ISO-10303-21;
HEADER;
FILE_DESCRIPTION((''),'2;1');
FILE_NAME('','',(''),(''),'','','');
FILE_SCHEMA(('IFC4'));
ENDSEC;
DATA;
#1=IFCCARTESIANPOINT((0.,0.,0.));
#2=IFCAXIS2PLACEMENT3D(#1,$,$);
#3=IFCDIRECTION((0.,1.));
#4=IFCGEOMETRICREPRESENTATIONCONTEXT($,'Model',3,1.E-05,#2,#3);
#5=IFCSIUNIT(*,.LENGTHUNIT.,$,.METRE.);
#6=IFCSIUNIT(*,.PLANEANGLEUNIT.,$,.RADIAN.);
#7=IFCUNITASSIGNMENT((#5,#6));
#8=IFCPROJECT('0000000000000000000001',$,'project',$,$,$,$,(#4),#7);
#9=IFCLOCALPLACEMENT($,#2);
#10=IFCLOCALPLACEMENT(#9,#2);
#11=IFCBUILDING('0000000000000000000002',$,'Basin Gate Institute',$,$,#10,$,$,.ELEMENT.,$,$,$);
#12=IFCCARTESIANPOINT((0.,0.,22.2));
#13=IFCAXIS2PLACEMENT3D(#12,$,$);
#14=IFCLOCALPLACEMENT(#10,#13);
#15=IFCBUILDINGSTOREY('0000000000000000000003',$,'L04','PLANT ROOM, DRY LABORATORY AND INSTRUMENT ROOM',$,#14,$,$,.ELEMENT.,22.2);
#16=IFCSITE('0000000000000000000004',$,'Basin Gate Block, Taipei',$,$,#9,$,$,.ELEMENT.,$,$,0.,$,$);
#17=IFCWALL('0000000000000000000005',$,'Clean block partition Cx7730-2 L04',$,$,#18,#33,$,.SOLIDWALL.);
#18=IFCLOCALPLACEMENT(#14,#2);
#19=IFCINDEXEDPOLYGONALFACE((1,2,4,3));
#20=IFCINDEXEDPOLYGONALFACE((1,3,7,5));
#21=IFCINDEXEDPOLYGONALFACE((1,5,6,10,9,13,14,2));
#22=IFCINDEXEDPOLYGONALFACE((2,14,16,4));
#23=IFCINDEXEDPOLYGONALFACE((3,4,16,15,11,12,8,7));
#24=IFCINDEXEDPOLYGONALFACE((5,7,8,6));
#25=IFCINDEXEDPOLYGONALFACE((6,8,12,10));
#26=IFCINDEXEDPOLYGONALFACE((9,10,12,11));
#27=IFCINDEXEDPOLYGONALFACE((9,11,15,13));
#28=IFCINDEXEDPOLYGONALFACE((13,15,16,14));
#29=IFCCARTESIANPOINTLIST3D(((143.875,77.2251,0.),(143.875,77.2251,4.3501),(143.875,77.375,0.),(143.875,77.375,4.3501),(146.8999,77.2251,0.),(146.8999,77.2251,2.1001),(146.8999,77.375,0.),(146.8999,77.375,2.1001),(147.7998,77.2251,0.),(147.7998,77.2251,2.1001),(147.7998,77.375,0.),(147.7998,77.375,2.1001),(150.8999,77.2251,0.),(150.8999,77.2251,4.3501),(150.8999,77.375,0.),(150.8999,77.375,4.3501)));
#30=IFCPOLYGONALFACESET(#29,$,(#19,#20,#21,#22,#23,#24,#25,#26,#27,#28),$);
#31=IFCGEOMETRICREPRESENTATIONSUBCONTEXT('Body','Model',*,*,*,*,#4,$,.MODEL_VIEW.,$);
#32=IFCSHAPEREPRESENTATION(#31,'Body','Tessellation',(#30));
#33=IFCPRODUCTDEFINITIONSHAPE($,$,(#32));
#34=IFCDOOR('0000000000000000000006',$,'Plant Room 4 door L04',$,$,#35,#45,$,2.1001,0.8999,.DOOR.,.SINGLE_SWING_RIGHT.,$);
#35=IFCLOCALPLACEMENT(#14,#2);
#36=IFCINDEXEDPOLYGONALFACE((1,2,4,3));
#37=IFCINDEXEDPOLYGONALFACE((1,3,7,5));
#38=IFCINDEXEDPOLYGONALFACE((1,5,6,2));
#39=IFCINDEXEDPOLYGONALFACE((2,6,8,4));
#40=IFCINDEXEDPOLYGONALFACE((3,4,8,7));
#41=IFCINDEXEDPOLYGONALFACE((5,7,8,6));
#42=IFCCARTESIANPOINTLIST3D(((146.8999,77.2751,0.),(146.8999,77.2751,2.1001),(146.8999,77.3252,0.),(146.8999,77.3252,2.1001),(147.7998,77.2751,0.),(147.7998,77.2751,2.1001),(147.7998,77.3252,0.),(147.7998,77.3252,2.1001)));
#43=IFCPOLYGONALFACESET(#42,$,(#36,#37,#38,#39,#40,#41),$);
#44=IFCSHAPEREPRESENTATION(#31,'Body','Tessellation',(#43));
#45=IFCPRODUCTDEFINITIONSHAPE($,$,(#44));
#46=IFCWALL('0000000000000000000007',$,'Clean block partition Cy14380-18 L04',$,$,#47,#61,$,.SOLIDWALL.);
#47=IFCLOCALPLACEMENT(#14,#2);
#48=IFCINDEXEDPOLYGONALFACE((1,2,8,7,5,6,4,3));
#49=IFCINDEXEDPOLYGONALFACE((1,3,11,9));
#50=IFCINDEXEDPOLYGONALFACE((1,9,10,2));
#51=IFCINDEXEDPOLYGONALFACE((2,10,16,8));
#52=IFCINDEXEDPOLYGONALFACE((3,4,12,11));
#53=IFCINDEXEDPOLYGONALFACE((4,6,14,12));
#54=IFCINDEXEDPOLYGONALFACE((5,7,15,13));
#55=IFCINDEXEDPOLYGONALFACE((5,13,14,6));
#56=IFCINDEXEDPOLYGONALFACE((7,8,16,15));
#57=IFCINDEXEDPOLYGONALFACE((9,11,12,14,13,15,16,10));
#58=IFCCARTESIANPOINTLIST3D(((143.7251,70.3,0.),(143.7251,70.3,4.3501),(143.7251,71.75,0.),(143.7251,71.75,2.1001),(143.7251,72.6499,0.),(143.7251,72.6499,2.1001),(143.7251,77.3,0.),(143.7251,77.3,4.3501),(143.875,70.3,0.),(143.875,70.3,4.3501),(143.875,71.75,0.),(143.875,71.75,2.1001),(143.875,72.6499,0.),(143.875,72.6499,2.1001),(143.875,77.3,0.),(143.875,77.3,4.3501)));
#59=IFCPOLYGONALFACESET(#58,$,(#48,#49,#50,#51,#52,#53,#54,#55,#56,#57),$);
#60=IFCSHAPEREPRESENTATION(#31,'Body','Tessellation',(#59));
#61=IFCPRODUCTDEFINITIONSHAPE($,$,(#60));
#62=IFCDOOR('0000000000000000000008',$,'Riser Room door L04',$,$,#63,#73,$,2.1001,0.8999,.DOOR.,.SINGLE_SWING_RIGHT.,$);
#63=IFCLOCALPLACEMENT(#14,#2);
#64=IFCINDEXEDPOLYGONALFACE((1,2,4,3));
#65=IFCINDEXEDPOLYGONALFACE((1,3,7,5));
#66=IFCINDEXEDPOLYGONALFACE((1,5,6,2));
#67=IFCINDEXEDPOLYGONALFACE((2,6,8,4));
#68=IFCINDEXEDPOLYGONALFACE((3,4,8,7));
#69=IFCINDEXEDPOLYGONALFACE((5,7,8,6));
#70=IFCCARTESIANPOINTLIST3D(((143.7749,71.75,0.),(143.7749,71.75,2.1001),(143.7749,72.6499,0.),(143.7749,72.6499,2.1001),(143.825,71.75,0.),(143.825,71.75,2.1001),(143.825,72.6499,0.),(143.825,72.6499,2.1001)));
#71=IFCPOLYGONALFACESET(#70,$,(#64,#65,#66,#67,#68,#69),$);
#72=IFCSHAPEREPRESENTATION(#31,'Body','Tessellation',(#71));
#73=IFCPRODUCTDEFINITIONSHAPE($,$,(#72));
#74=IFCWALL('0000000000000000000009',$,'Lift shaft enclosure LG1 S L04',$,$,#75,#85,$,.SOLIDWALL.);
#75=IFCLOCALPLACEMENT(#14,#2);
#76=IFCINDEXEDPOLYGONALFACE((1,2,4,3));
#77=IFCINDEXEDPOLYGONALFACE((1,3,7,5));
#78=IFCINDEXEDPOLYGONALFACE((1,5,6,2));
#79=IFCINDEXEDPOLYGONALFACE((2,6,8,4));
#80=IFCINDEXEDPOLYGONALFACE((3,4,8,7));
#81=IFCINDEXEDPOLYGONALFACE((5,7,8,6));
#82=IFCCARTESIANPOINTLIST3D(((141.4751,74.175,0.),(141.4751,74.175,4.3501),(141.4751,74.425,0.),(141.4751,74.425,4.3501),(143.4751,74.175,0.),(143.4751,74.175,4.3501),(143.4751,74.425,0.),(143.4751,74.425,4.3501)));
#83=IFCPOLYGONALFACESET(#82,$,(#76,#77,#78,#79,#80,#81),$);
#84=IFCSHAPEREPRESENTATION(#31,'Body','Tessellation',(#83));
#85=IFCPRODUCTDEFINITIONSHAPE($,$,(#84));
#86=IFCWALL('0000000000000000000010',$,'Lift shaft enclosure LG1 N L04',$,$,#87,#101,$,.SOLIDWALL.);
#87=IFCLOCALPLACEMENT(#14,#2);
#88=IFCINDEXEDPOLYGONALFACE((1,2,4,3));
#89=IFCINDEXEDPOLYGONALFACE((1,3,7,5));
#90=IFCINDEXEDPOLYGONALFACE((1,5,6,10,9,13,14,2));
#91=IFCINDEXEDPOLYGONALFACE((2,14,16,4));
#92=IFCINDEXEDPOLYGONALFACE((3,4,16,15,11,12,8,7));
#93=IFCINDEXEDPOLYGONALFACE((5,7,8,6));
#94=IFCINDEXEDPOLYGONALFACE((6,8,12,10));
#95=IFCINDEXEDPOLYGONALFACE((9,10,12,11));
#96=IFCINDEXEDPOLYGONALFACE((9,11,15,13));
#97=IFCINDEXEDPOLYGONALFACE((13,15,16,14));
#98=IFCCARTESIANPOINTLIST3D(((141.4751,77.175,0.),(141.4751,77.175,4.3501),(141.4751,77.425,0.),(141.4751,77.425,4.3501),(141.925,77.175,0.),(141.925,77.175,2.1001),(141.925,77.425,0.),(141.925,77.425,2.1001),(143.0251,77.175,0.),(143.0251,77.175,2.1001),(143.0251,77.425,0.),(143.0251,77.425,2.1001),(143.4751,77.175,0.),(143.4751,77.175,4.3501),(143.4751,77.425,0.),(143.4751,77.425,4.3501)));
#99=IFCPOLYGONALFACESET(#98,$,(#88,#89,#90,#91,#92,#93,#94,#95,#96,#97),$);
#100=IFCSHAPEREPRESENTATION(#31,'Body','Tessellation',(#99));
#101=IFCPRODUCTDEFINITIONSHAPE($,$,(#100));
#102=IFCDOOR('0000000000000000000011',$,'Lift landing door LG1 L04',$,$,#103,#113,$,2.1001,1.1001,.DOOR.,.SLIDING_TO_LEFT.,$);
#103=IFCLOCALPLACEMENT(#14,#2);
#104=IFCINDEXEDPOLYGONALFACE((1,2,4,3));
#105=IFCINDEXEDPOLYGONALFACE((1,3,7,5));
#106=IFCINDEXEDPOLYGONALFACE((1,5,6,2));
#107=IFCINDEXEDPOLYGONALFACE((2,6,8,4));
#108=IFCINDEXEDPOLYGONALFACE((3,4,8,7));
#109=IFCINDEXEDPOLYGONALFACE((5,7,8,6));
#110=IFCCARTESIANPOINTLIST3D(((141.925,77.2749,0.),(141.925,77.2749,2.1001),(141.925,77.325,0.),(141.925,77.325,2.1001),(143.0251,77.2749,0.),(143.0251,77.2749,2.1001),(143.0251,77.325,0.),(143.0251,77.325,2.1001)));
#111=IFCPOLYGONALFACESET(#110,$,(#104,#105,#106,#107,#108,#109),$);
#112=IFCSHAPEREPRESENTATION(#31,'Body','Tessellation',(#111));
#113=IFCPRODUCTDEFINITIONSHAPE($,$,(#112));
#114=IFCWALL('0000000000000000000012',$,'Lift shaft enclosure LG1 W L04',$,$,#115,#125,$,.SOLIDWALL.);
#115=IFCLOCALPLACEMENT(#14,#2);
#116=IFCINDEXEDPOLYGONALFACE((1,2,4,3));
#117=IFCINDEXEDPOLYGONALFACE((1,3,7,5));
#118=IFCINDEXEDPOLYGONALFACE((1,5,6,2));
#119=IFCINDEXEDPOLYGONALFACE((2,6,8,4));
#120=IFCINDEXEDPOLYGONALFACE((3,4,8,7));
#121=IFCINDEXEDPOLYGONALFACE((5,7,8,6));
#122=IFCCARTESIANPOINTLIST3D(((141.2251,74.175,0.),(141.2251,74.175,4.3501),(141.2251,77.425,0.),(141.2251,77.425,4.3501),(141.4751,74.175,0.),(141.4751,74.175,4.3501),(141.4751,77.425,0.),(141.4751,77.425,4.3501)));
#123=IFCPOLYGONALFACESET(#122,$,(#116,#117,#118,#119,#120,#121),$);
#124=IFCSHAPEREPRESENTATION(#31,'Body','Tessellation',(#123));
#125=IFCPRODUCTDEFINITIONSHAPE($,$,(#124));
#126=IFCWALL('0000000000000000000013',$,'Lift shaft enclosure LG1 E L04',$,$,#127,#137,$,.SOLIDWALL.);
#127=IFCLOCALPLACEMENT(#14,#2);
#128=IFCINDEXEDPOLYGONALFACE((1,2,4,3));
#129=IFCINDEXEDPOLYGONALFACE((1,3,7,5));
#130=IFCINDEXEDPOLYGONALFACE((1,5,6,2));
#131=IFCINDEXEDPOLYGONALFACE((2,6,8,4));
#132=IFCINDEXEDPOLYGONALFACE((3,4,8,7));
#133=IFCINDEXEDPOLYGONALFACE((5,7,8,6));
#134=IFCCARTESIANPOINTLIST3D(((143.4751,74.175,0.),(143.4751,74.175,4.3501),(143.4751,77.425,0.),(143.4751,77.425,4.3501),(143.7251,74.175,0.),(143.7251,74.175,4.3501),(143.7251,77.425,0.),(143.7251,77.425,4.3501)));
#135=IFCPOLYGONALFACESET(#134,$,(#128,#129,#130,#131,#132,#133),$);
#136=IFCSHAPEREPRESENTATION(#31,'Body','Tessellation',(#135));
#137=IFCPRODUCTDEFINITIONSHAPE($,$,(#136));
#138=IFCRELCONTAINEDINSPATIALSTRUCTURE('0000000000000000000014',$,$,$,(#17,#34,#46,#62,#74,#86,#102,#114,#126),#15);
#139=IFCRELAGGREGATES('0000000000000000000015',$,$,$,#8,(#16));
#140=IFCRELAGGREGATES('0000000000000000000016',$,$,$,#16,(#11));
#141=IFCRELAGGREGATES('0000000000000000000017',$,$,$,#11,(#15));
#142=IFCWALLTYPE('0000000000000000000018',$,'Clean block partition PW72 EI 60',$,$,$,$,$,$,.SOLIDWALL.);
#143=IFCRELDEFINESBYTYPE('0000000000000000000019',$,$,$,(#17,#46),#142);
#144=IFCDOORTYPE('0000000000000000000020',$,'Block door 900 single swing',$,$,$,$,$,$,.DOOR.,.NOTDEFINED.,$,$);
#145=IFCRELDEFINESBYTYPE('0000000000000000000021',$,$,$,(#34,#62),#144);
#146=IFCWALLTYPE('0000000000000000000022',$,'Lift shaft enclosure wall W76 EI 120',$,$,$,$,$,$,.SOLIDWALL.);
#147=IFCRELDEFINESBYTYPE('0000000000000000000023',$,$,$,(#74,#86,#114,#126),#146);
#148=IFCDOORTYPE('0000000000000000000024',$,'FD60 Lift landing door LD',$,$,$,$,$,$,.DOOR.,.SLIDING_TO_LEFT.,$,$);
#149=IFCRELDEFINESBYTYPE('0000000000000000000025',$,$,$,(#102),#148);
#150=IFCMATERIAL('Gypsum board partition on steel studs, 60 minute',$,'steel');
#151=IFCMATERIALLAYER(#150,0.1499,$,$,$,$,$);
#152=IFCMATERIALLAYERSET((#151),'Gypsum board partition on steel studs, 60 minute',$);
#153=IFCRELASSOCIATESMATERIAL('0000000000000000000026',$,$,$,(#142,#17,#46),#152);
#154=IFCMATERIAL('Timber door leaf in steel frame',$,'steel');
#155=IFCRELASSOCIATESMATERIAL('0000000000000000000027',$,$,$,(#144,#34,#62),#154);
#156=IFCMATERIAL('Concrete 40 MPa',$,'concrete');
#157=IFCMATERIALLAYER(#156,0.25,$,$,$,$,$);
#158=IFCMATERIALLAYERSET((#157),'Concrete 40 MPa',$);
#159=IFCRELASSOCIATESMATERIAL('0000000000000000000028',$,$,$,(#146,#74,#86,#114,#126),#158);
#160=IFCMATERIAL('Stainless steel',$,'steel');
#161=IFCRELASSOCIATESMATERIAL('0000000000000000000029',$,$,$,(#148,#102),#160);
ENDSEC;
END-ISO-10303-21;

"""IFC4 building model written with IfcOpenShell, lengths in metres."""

from ifc_helpers import new_model, si_unit, direction, frame, frame_2d, origin, place, context, subcontext, project, spatial, rectangle, extrude, material, layer, layer_set, type_object, element, fill, save


model = new_model("IFC4")

# Units and contexts
model_context = context("Model", 3, precision=1e-05, world=origin(), true_north=direction((0.0, 1.0)))
body_context = subcontext(model_context, "Body", "Model", "MODEL_VIEW")
ifc_project = project(units=[si_unit("LENGTHUNIT", "METRE"), si_unit("PLANEANGLEUNIT", "RADIAN")], contexts=[model_context])

# Site, building, storey
site_placement = place(None, origin())
site = spatial("IfcSite", under=ifc_project, at=site_placement, Name="Basin Gate Block, Taipei", CompositionType="ELEMENT", RefElevation=0.0)
building_placement = place(site_placement, origin())
building = spatial("IfcBuilding", under=site, at=building_placement, Name="Basin Gate Institute", CompositionType="ELEMENT")
storey_placement = place(building_placement, frame((0.0, 0.0, 22.2)))
storey = spatial("IfcBuildingStorey", under=building, at=storey_placement, Name="L04", Description="PLANT ROOM, DRY LABORATORY AND INSTRUMENT ROOM", CompositionType="ELEMENT", Elevation=22.2)

# Walls, openings, doors
ifc_material_1 = material(Name="Gypsum board partition on steel studs, 60 minute", Category="steel")
ifc_layer_1 = layer(ifc_material_1, 0.1499)
ifc_layer_set_1 = layer_set([ifc_layer_1], Name="Gypsum board partition on steel studs, 60 minute")
wall_type_1 = type_object("IfcWallType", Name="Clean block partition PW72 EI 60", PredefinedType="SOLIDWALL", material=ifc_layer_set_1)
wall_1_placement = place(storey_placement, frame((143.875, 77.3, 0.0), z_axis=(0.0, 0.0, 1.0), x_axis=(1.0, 0.0, 0.0)))
wall_1 = element("IfcWall", 1, at=wall_1_placement, inside=storey, type_object=wall_type_1, material=ifc_layer_set_1, Name="Clean block partition Cx7730-2 L04", PredefinedType="SOLIDWALL", context=body_context, shape_type="SweptSolid", body=[
    extrude(rectangle(XDim=7.0249, YDim=0.1499, at=frame_2d((3.5125, 0.0))), origin(), (0.0, 0.0, 1.0), 4.3501),
])
opening_1_placement = place(wall_1_placement, frame((3.0249, 0.0, 0.0)))
opening_1 = element("IfcOpeningElement", 2, at=opening_1_placement, cuts=wall_1, PredefinedType="OPENING", context=body_context, shape_type="SweptSolid", body=[
    extrude(rectangle(XDim=0.8999, YDim=2.1001, at=frame_2d((0.45, 1.05))), frame((0.0, 0.085, 0.0), z_axis=(0.0, -1.0, 0.0), x_axis=(1.0, 0.0, 0.0)), (0.0, 0.0, 1.0), 0.1699),
])
ifc_material_2 = material(Name="Timber door leaf in steel frame", Category="steel")
door_type_1 = type_object("IfcDoorType", Name="Block door 900 single swing", OperationType="NOTDEFINED", PredefinedType="DOOR", material=ifc_material_2)
door_1_placement = place(opening_1_placement, frame((0.8999, 0.0, 0.0), z_axis=(0.0, 0.0, 1.0), x_axis=(-1.0, 0.0, 0.0)))
door_1 = element("IfcDoor", 3, at=door_1_placement, inside=storey, type_object=door_type_1, material=ifc_material_2, Name="Plant Room 4 door L04", OperationType="SINGLE_SWING_RIGHT", OverallHeight=2.1001, OverallWidth=0.8999, PredefinedType="DOOR", context=body_context, shape_type="SweptSolid", body=[
    extrude(rectangle(XDim=0.8999, YDim=2.1001, at=frame_2d((0.45, 1.05))), frame((0.0, 0.0249, 0.0), z_axis=(0.0, -1.0, 0.0), x_axis=(1.0, 0.0, 0.0)), (0.0, 0.0, 1.0), 0.05),
])
fill(opening_1, door_1)
wall_2_placement = place(storey_placement, frame((143.8, 70.3, 0.0), z_axis=(0.0, 0.0, 1.0), x_axis=(0.0, 1.0, 0.0)))
wall_2 = element("IfcWall", 4, at=wall_2_placement, inside=storey, type_object=wall_type_1, material=ifc_layer_set_1, Name="Clean block partition Cy14380-18 L04", PredefinedType="SOLIDWALL", context=body_context, shape_type="SweptSolid", body=[
    extrude(rectangle(XDim=7.0, YDim=0.1499, at=frame_2d((3.5, 0.0))), origin(), (0.0, 0.0, 1.0), 4.3501),
])
opening_2_placement = place(wall_2_placement, frame((1.45, 0.0, 0.0)))
opening_2 = element("IfcOpeningElement", 5, at=opening_2_placement, cuts=wall_2, PredefinedType="OPENING", context=body_context, shape_type="SweptSolid", body=[
    extrude(rectangle(XDim=0.8999, YDim=2.1001, at=frame_2d((0.45, 1.05))), frame((0.0, 0.085, 0.0), z_axis=(0.0, -1.0, 0.0), x_axis=(1.0, 0.0, 0.0)), (0.0, 0.0, 1.0), 0.1699),
])
door_2_placement = place(opening_2_placement, frame((0.8999, 0.0, 0.0), z_axis=(0.0, 0.0, 1.0), x_axis=(-1.0, 0.0, 0.0)))
door_2 = element("IfcDoor", 6, at=door_2_placement, inside=storey, type_object=door_type_1, material=ifc_material_2, Name="Riser Room door L04", OperationType="SINGLE_SWING_RIGHT", OverallHeight=2.1001, OverallWidth=0.8999, PredefinedType="DOOR", context=body_context, shape_type="SweptSolid", body=[
    extrude(rectangle(XDim=0.8999, YDim=2.1001, at=frame_2d((0.45, 1.05))), frame((0.0, 0.0249, 0.0), z_axis=(0.0, -1.0, 0.0), x_axis=(1.0, 0.0, 0.0)), (0.0, 0.0, 1.0), 0.05),
])
fill(opening_2, door_2)

# Wall
ifc_material_3 = material(Name="Concrete 40 MPa", Category="concrete")
ifc_layer_2 = layer(ifc_material_3, 0.25)
ifc_layer_set_2 = layer_set([ifc_layer_2], Name="Concrete 40 MPa")
wall_type_2 = type_object("IfcWallType", Name="Lift shaft enclosure wall W76 EI 120", PredefinedType="SOLIDWALL", material=ifc_layer_set_2)
wall_3_placement = place(storey_placement, frame((141.4751, 74.3, 0.0), z_axis=(0.0, 0.0, 1.0), x_axis=(1.0, 0.0, 0.0)))
element("IfcWall", 7, at=wall_3_placement, inside=storey, type_object=wall_type_2, material=ifc_layer_set_2, Name="Lift shaft enclosure LG1 S L04", PredefinedType="SOLIDWALL", context=body_context, shape_type="SweptSolid", body=[
    extrude(rectangle(XDim=2.0, YDim=0.25, at=frame_2d((1.0, 0.0))), origin(), (0.0, 0.0, 1.0), 4.3501),
])

# Wall, opening, door
wall_4_placement = place(storey_placement, frame((141.4751, 77.3, 0.0), z_axis=(0.0, 0.0, 1.0), x_axis=(1.0, 0.0, 0.0)))
wall_4 = element("IfcWall", 8, at=wall_4_placement, inside=storey, type_object=wall_type_2, material=ifc_layer_set_2, Name="Lift shaft enclosure LG1 N L04", PredefinedType="SOLIDWALL", context=body_context, shape_type="SweptSolid", body=[
    extrude(rectangle(XDim=2.0, YDim=0.25, at=frame_2d((1.0, 0.0))), origin(), (0.0, 0.0, 1.0), 4.3501),
])
opening_3_placement = place(wall_4_placement, frame((0.45, 0.0, 0.0)))
opening_3 = element("IfcOpeningElement", 9, at=opening_3_placement, cuts=wall_4, PredefinedType="OPENING", context=body_context, shape_type="SweptSolid", body=[
    extrude(rectangle(XDim=1.1001, YDim=2.1001, at=frame_2d((0.55, 1.05))), frame((0.0, 0.135, 0.0), z_axis=(0.0, -1.0, 0.0), x_axis=(1.0, 0.0, 0.0)), (0.0, 0.0, 1.0), 0.27),
])
ifc_material_4 = material(Name="Stainless steel", Category="steel")
door_type_2 = type_object("IfcDoorType", Name="FD60 Lift landing door LD", OperationType="SLIDING_TO_LEFT", PredefinedType="DOOR", material=ifc_material_4)
door_3_placement = place(opening_3_placement, origin())
door_3 = element("IfcDoor", 10, at=door_3_placement, inside=storey, type_object=door_type_2, material=ifc_material_4, Name="Lift landing door LG1 L04", OperationType="SLIDING_TO_LEFT", OverallHeight=2.1001, OverallWidth=1.1001, PredefinedType="DOOR", context=body_context, shape_type="SweptSolid", body=[
    extrude(rectangle(XDim=1.1001, YDim=2.1001, at=frame_2d((0.55, 1.05))), frame((0.0, 0.0249, 0.0), z_axis=(0.0, -1.0, 0.0), x_axis=(1.0, 0.0, 0.0)), (0.0, 0.0, 1.0), 0.05),
])
fill(opening_3, door_3)

# Walls
for number, where, z_axis, x_axis, name in (
    (11, (141.3501, 74.175, 0.0), (0.0, 0.0, 1.0), (0.0, 1.0, 0.0), "Lift shaft enclosure LG1 W L04"),
    (12, (143.6001, 74.175, 0.0), (0.0, 0.0, 1.0), (0.0, 1.0, 0.0), "Lift shaft enclosure LG1 E L04"),
):
    element("IfcWall", number, at=place(storey_placement, frame(where, z_axis=z_axis, x_axis=x_axis)), inside=storey, type_object=wall_type_2, material=ifc_layer_set_2, Name=name, PredefinedType="SOLIDWALL", context=body_context, shape_type="SweptSolid", body=[
        extrude(rectangle(XDim=3.25, YDim=0.25, at=frame_2d((1.625, 0.0))), origin(), (0.0, 0.0, 1.0), 4.3501),
    ])

save(model, "model.ifc")
